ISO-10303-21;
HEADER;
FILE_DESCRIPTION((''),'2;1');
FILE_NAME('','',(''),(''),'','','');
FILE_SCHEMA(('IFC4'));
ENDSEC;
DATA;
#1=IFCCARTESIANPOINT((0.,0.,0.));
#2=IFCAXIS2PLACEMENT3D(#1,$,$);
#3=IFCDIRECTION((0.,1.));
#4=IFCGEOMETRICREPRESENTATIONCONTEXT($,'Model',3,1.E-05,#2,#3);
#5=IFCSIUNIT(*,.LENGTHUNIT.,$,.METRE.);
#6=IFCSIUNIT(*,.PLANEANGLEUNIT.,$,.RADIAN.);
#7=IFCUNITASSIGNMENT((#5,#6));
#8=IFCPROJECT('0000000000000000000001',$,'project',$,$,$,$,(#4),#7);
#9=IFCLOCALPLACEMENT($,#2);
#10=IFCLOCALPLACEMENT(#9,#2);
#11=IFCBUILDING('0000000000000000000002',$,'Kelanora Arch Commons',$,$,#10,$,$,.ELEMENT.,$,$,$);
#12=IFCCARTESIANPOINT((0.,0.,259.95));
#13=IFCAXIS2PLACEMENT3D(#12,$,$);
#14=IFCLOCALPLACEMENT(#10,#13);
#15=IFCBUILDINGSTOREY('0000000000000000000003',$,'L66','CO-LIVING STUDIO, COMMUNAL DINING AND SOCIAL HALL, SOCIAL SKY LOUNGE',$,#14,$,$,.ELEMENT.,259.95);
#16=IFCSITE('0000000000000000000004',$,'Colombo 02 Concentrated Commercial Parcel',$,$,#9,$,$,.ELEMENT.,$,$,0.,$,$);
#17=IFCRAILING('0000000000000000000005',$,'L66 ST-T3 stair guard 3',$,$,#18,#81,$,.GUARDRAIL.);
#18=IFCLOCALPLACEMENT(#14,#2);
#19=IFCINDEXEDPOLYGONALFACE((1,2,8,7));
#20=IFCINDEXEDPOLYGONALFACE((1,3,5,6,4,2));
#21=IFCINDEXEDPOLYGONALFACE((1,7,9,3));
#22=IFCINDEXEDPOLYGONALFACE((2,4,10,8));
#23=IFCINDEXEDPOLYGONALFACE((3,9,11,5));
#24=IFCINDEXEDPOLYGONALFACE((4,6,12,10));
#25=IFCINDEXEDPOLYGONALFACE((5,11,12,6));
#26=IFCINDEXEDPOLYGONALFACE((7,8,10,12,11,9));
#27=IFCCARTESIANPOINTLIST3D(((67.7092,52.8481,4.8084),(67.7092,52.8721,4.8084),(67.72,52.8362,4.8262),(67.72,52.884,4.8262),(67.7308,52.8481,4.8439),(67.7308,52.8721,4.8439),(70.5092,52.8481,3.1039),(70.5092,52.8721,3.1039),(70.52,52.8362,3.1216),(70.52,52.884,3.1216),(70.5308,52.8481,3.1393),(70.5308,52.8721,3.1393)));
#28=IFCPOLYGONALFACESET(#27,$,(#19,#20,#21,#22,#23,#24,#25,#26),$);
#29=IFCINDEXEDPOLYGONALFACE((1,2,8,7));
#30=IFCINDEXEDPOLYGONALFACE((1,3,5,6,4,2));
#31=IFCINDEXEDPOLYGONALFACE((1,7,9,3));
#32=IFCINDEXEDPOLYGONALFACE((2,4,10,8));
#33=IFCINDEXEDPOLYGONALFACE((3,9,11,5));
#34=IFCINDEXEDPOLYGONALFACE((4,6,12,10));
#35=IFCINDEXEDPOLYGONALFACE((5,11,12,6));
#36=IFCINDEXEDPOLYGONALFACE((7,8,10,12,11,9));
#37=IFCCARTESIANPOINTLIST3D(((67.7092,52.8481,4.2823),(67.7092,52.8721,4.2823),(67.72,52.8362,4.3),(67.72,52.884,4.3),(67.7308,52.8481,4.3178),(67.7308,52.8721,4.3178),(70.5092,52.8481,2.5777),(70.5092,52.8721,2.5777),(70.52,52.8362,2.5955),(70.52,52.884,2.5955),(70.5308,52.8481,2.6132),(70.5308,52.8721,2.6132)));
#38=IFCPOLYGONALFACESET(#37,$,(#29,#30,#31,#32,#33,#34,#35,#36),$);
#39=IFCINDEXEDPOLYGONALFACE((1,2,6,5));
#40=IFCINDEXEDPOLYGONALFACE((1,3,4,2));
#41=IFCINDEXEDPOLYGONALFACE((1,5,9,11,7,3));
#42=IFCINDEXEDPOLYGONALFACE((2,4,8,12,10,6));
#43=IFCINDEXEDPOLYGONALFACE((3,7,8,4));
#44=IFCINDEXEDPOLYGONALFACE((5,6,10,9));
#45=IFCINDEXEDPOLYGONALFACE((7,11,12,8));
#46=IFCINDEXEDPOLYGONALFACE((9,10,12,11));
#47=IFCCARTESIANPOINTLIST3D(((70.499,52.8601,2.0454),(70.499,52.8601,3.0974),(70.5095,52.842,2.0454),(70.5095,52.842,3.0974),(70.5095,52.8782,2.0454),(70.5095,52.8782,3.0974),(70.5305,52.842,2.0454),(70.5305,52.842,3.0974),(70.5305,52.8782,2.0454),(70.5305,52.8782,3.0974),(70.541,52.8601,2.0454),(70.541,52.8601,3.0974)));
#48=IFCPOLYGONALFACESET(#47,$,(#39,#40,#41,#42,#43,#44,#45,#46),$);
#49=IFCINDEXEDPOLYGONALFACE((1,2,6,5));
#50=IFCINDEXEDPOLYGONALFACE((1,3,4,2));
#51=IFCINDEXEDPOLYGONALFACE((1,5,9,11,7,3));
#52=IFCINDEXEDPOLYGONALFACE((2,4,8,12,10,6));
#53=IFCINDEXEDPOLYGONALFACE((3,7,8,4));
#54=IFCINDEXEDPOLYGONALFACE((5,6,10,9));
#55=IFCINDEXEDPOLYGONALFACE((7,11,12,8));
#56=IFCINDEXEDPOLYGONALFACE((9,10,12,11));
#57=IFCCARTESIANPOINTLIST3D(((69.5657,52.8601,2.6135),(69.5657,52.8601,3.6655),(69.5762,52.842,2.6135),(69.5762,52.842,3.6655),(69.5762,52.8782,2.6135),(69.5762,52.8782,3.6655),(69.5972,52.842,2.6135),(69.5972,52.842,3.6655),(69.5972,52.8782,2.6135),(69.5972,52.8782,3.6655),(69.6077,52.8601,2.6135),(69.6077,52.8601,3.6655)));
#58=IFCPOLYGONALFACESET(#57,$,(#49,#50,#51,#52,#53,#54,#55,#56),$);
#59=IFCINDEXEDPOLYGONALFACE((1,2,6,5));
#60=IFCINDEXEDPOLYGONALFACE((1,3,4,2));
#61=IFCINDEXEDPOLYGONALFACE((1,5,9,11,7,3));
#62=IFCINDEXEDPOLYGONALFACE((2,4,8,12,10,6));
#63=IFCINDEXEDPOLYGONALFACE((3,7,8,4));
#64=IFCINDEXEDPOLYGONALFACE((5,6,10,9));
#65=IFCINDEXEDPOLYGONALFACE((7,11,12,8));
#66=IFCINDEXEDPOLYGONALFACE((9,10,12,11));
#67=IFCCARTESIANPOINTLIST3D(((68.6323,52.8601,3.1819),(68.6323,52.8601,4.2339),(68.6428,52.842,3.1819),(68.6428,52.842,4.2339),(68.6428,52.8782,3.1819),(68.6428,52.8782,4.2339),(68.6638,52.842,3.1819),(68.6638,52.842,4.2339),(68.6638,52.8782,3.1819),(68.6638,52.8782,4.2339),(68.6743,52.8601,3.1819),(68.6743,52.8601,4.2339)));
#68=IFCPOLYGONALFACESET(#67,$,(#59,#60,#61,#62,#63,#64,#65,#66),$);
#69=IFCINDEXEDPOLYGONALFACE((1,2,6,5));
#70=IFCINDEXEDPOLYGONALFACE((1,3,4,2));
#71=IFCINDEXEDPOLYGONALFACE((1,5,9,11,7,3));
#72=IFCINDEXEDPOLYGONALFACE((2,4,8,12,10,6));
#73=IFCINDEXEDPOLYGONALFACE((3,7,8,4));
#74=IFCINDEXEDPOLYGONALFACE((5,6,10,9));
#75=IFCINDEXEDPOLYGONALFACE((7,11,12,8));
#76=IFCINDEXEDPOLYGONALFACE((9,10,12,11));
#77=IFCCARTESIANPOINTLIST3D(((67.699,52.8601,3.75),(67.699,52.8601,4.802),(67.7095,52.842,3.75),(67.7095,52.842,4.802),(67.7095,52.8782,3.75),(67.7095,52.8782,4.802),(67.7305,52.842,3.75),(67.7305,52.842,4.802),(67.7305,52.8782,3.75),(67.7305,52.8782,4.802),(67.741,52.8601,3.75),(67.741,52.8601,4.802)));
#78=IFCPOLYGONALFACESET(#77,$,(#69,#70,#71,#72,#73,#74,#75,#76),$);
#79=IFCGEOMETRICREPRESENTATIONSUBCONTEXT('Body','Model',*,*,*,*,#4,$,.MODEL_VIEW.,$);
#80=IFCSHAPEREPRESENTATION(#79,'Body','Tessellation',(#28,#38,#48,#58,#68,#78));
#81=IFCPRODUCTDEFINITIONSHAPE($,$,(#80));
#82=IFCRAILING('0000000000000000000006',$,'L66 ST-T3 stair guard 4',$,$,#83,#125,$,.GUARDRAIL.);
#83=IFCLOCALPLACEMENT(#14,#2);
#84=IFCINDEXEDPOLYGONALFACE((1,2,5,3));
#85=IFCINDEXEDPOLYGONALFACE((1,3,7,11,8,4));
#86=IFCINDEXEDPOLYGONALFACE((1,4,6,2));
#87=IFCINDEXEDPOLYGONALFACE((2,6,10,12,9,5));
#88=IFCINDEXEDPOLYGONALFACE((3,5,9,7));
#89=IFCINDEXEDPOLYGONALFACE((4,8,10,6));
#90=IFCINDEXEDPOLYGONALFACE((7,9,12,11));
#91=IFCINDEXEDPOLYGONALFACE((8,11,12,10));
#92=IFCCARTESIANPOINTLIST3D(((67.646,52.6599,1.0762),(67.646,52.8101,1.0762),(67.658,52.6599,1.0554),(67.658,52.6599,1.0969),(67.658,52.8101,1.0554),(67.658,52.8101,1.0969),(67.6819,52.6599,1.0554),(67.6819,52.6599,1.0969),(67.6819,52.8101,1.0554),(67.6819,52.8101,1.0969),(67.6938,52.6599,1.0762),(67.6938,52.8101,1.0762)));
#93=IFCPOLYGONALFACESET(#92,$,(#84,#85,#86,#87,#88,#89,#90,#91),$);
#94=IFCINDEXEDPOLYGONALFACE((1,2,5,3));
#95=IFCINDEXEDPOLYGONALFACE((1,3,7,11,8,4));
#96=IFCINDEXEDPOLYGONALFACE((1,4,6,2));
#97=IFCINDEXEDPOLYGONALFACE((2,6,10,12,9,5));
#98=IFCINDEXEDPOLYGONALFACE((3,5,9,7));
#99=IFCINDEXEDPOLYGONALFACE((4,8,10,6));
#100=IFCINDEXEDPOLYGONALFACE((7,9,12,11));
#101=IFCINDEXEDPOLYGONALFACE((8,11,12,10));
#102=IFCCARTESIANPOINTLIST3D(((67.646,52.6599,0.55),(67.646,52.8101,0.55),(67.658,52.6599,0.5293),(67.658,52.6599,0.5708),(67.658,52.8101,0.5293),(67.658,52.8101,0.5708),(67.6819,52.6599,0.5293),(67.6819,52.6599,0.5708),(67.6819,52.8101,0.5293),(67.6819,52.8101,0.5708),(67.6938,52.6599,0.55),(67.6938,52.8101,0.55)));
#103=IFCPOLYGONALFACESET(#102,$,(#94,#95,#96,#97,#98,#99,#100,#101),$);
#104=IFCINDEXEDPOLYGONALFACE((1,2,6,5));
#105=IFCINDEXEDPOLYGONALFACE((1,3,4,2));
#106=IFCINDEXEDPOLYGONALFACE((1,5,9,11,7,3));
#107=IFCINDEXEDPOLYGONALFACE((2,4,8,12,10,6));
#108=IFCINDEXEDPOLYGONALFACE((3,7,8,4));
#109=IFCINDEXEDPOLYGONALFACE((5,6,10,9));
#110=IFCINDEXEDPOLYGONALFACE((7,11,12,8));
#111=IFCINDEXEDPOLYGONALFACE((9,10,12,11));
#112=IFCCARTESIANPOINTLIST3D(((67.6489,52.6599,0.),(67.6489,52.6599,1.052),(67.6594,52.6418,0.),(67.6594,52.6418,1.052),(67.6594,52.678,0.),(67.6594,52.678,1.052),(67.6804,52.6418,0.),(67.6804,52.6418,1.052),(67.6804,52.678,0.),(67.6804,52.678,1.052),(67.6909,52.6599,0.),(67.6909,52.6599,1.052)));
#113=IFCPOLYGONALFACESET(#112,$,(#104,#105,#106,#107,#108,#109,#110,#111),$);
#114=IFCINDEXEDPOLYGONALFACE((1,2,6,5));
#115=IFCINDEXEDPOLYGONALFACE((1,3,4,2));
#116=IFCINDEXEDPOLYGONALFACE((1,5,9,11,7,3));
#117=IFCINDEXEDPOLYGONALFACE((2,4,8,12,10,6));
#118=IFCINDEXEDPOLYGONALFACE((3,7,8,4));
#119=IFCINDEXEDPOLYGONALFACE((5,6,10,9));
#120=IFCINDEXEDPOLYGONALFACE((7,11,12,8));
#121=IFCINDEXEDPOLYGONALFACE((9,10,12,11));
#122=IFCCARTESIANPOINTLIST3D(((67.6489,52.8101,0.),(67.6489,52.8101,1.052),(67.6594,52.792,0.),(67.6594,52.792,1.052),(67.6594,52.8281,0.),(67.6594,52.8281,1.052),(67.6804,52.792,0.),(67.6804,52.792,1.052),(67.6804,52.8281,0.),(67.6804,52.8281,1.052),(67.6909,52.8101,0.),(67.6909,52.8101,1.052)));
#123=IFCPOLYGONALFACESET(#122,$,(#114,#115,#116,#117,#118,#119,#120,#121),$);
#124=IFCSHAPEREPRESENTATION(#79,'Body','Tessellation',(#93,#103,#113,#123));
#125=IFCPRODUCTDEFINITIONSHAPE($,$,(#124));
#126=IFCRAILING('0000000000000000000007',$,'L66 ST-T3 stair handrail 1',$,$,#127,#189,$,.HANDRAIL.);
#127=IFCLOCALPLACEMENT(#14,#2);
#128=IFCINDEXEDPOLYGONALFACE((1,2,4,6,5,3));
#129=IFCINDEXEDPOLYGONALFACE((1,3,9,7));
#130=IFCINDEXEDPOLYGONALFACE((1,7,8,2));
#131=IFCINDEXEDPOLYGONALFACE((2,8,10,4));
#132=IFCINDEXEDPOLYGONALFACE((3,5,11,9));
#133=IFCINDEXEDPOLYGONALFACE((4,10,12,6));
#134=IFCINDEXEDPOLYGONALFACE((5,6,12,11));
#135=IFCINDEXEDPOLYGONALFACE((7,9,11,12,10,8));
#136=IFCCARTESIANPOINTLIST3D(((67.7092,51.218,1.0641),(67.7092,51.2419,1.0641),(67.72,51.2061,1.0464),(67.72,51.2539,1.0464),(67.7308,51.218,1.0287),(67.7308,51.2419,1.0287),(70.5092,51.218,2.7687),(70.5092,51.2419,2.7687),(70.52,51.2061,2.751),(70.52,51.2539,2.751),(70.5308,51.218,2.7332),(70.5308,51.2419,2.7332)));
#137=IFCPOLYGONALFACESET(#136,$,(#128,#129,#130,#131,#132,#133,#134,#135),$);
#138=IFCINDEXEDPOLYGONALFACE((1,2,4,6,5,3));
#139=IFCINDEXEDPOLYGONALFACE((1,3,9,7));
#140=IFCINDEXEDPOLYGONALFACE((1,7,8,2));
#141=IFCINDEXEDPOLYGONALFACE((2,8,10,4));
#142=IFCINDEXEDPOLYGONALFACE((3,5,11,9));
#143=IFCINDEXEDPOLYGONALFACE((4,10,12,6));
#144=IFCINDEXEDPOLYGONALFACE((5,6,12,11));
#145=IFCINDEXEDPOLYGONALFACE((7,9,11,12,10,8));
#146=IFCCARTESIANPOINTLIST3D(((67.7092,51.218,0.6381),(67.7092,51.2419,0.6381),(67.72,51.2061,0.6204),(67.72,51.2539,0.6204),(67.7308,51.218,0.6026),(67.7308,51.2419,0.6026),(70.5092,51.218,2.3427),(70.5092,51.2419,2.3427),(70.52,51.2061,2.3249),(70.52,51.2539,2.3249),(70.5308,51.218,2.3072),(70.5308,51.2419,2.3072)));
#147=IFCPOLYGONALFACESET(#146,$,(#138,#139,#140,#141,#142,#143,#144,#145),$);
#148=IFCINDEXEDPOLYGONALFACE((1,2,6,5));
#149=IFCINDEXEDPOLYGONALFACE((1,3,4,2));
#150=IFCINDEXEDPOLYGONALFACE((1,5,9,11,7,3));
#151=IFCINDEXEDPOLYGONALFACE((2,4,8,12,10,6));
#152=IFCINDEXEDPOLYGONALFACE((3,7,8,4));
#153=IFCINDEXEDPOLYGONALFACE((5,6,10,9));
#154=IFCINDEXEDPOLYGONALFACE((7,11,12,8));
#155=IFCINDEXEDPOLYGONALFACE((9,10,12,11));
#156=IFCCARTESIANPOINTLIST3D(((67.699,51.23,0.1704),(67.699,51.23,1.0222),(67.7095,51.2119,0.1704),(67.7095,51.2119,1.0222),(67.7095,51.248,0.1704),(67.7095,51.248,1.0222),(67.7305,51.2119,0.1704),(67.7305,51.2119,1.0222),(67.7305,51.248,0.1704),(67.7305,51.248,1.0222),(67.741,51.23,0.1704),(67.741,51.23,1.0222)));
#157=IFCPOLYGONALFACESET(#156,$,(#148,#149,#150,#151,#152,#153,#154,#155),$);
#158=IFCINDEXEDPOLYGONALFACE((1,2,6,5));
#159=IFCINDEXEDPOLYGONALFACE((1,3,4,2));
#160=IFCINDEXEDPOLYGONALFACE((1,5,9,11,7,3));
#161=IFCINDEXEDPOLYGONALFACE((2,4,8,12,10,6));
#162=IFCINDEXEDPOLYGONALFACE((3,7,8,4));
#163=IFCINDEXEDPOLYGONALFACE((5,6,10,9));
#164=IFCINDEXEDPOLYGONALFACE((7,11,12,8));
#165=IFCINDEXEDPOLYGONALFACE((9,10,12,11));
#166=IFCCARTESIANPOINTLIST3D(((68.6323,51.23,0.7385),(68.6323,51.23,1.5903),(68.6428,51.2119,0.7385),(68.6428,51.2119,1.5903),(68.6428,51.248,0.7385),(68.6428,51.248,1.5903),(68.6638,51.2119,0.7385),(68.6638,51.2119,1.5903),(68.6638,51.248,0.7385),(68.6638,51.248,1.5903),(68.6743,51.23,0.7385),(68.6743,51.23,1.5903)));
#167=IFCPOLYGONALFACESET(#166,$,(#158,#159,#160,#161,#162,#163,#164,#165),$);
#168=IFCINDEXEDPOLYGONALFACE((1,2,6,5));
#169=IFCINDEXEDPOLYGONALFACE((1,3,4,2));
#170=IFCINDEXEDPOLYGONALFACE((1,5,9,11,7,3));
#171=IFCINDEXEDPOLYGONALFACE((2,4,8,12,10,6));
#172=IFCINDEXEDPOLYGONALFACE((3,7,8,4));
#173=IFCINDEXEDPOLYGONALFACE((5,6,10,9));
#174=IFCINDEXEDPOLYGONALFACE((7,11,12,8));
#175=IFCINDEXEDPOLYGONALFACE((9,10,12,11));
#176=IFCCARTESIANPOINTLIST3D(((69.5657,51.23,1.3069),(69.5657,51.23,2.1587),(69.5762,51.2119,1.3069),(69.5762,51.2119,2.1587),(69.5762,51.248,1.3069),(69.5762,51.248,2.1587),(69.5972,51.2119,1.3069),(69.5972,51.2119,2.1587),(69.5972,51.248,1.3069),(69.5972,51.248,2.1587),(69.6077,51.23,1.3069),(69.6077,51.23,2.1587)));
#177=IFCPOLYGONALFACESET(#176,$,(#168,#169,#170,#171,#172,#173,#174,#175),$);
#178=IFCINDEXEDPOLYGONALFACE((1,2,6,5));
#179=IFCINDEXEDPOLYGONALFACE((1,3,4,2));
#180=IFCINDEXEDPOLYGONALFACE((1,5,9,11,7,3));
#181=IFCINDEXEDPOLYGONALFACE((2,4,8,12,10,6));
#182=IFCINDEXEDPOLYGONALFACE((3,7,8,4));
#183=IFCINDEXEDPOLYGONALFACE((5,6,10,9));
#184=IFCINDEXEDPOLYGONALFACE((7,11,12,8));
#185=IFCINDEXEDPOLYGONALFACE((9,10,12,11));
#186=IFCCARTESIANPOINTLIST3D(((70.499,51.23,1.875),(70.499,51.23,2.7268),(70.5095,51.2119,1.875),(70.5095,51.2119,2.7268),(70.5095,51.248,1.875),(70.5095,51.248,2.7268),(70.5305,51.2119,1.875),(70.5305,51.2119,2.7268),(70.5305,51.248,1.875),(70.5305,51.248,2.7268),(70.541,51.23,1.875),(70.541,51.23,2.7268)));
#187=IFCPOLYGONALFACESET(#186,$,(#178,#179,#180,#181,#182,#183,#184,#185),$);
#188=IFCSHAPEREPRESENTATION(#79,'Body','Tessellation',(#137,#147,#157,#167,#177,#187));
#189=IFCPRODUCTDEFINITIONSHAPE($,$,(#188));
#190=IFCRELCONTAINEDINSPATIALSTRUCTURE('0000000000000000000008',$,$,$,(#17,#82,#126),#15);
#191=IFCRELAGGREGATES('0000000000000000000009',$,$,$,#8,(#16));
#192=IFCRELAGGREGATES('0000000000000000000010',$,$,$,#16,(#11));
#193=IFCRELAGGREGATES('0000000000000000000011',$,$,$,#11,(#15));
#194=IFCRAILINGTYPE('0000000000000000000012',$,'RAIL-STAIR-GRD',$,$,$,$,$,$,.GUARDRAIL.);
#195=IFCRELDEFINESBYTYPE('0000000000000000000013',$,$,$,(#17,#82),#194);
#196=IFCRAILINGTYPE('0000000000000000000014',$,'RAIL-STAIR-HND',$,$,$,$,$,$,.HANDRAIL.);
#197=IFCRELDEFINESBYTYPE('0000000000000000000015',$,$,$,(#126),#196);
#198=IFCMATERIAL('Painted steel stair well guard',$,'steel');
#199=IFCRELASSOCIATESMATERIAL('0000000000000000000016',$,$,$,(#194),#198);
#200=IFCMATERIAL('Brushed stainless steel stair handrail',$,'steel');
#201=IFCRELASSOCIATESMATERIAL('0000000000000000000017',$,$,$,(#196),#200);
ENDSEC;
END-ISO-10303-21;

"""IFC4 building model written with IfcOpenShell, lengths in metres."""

from ifc_helpers import new_model, si_unit, direction, frame, origin, place, context, subcontext, project, spatial, polyline, outline, extrude, material, type_object, element, save


model = new_model("IFC4")

# Units and contexts
model_context = context("Model", 3, precision=1e-05, world=origin(), true_north=direction((0.0, 1.0)))
body_context = subcontext(model_context, "Body", "Model", "MODEL_VIEW")
ifc_project = project(units=[si_unit("LENGTHUNIT", "METRE"), si_unit("PLANEANGLEUNIT", "RADIAN")], contexts=[model_context])

# Site, building, storey
site_placement = place(None, origin())
site = spatial("IfcSite", under=ifc_project, at=site_placement, Name="Colombo 02 Concentrated Commercial Parcel", CompositionType="ELEMENT", RefElevation=0.0)
building_placement = place(site_placement, origin())
building = spatial("IfcBuilding", under=site, at=building_placement, Name="Kelanora Arch Commons", CompositionType="ELEMENT")
storey_placement = place(building_placement, frame((0.0, 0.0, 259.95)))
storey = spatial("IfcBuildingStorey", under=building, at=storey_placement, Name="L66", Description="CO-LIVING STUDIO, COMMUNAL DINING AND SOCIAL HALL, SOCIAL SKY LOUNGE", CompositionType="ELEMENT", Elevation=259.95)

# Railings
ifc_material_1 = material(Name="Painted steel stair well guard", Category="steel")
railing_type_1 = type_object("IfcRailingType", Name="RAIL-STAIR-GRD", PredefinedType="GUARDRAIL", material=ifc_material_1)
railing_1_placement = place(storey_placement, frame((70.52, 52.8601, 2.0454)))
element("IfcRailing", 1, at=railing_1_placement, inside=storey, type_object=railing_type_1, Name="L66 ST-T3 stair guard 3", PredefinedType="GUARDRAIL", context=body_context, shape_type="SweptSolid", body=[
    extrude(outline(polyline([(0.0239, 0.0), (0.012, 0.0208), (-0.012, 0.0208), (-0.0239, 0.0), (-0.012, -0.0208), (0.012, -0.0208), (0.0239, 0.0)])), frame((0.0, 0.0, 1.0762), z_axis=(-0.85417, 0.0, 0.519994), x_axis=(0.0, -1.0, 0.0)), (0.0, 0.0, 1.0), 3.2781),
    extrude(outline(polyline([(0.0239, 0.0), (0.012, 0.0208), (-0.012, 0.0208), (-0.0239, 0.0), (-0.012, -0.0208), (0.012, -0.0208), (0.0239, 0.0)])), frame((0.0, 0.0, 0.55), z_axis=(-0.85417, 0.0, 0.519994), x_axis=(0.0, -1.0, 0.0)), (0.0, 0.0, 1.0), 3.2781),
    extrude(outline(polyline([(0.021, 0.0), (0.0105, 0.0181), (-0.0105, 0.0181), (-0.021, 0.0), (-0.0105, -0.0181), (0.0105, -0.0181), (0.021, 0.0)])), origin(), (0.0, 0.0, 1.0), 1.052),
    extrude(outline(polyline([(0.021, 0.0), (0.0105, 0.0181), (-0.0105, 0.0181), (-0.021, 0.0), (-0.0105, -0.0181), (0.0105, -0.0181), (0.021, 0.0)])), frame((-0.9333, 0.0, 0.5681)), (0.0, 0.0, 1.0), 1.052),
    extrude(outline(polyline([(0.021, 0.0), (0.0105, 0.0181), (-0.0105, 0.0181), (-0.021, 0.0), (-0.0105, -0.0181), (0.0105, -0.0181), (0.021, 0.0)])), frame((-1.8667, 0.0, 1.1365)), (0.0, 0.0, 1.0), 1.052),
    extrude(outline(polyline([(0.021, 0.0), (0.0105, 0.0181), (-0.0105, 0.0181), (-0.021, 0.0), (-0.0105, -0.0181), (0.0105, -0.0181), (0.021, 0.0)])), frame((-2.8, 0.0, 1.7046)), (0.0, 0.0, 1.0), 1.052),
])
railing_2_placement = place(storey_placement, frame((67.6699, 52.6599, 0.0)))
element("IfcRailing", 2, at=railing_2_placement, inside=storey, type_object=railing_type_1, Name="L66 ST-T3 stair guard 4", PredefinedType="GUARDRAIL", context=body_context, shape_type="SweptSolid", body=[
    extrude(outline(polyline([(0.0239, 0.0), (0.012, 0.0208), (-0.012, 0.0208), (-0.0239, 0.0), (-0.012, -0.0208), (0.012, -0.0208), (0.0239, 0.0)])), frame((0.0, 0.0, 1.0762), z_axis=(0.0, 1.0, 0.0), x_axis=(-1.0, 0.0, 0.0)), (0.0, 0.0, 1.0), 0.1501),
    extrude(outline(polyline([(0.0239, 0.0), (0.012, 0.0208), (-0.012, 0.0208), (-0.0239, 0.0), (-0.012, -0.0208), (0.012, -0.0208), (0.0239, 0.0)])), frame((0.0, 0.0, 0.55), z_axis=(0.0, 1.0, 0.0), x_axis=(-1.0, 0.0, 0.0)), (0.0, 0.0, 1.0), 0.1501),
    extrude(outline(polyline([(0.021, 0.0), (0.0105, 0.0181), (-0.0105, 0.0181), (-0.021, 0.0), (-0.0105, -0.0181), (0.0105, -0.0181), (0.021, 0.0)])), origin(), (0.0, 0.0, 1.0), 1.052),
    extrude(outline(polyline([(0.021, 0.0), (0.0105, 0.0181), (-0.0105, 0.0181), (-0.021, 0.0), (-0.0105, -0.0181), (0.0105, -0.0181), (0.021, 0.0)])), frame((0.0, 0.1501, 0.0)), (0.0, 0.0, 1.0), 1.052),
])
ifc_material_2 = material(Name="Brushed stainless steel stair handrail", Category="steel")
railing_type_2 = type_object("IfcRailingType", Name="RAIL-STAIR-HND", PredefinedType="HANDRAIL", material=ifc_material_2)
railing_3_placement = place(storey_placement, frame((67.72, 51.23, 0.1704)))
element("IfcRailing", 3, at=railing_3_placement, inside=storey, type_object=railing_type_2, Name="L66 ST-T3 stair handrail 1", PredefinedType="HANDRAIL", context=body_context, shape_type="SweptSolid", body=[
    extrude(outline(polyline([(0.0239, 0.0), (0.012, 0.0208), (-0.012, 0.0208), (-0.0239, 0.0), (-0.012, -0.0208), (0.012, -0.0208), (0.0239, 0.0)])), frame((0.0, 0.0, 0.876), z_axis=(0.85417, 0.0, 0.519994), x_axis=(0.0, 1.0, 0.0)), (0.0, 0.0, 1.0), 3.2781),
    extrude(outline(polyline([(0.0239, 0.0), (0.012, 0.0208), (-0.012, 0.0208), (-0.0239, 0.0), (-0.012, -0.0208), (0.012, -0.0208), (0.0239, 0.0)])), frame((0.0, 0.0, 0.45), z_axis=(0.85417, 0.0, 0.519994), x_axis=(0.0, 1.0, 0.0)), (0.0, 0.0, 1.0), 3.2781),
    extrude(outline(polyline([(0.021, 0.0), (0.0105, 0.0181), (-0.0105, 0.0181), (-0.021, 0.0), (-0.0105, -0.0181), (0.0105, -0.0181), (0.021, 0.0)])), origin(), (0.0, 0.0, 1.0), 0.8518),
    extrude(outline(polyline([(0.021, 0.0), (0.0105, 0.0181), (-0.0105, 0.0181), (-0.021, 0.0), (-0.0105, -0.0181), (0.0105, -0.0181), (0.021, 0.0)])), frame((0.9333, 0.0, 0.5681)), (0.0, 0.0, 1.0), 0.8518),
    extrude(outline(polyline([(0.021, 0.0), (0.0105, 0.0181), (-0.0105, 0.0181), (-0.021, 0.0), (-0.0105, -0.0181), (0.0105, -0.0181), (0.021, 0.0)])), frame((1.8667, 0.0, 1.1365)), (0.0, 0.0, 1.0), 0.8518),
    extrude(outline(polyline([(0.021, 0.0), (0.0105, 0.0181), (-0.0105, 0.0181), (-0.021, 0.0), (-0.0105, -0.0181), (0.0105, -0.0181), (0.021, 0.0)])), frame((2.8, 0.0, 1.7046)), (0.0, 0.0, 1.0), 0.8518),
])

save(model, "model.ifc")
